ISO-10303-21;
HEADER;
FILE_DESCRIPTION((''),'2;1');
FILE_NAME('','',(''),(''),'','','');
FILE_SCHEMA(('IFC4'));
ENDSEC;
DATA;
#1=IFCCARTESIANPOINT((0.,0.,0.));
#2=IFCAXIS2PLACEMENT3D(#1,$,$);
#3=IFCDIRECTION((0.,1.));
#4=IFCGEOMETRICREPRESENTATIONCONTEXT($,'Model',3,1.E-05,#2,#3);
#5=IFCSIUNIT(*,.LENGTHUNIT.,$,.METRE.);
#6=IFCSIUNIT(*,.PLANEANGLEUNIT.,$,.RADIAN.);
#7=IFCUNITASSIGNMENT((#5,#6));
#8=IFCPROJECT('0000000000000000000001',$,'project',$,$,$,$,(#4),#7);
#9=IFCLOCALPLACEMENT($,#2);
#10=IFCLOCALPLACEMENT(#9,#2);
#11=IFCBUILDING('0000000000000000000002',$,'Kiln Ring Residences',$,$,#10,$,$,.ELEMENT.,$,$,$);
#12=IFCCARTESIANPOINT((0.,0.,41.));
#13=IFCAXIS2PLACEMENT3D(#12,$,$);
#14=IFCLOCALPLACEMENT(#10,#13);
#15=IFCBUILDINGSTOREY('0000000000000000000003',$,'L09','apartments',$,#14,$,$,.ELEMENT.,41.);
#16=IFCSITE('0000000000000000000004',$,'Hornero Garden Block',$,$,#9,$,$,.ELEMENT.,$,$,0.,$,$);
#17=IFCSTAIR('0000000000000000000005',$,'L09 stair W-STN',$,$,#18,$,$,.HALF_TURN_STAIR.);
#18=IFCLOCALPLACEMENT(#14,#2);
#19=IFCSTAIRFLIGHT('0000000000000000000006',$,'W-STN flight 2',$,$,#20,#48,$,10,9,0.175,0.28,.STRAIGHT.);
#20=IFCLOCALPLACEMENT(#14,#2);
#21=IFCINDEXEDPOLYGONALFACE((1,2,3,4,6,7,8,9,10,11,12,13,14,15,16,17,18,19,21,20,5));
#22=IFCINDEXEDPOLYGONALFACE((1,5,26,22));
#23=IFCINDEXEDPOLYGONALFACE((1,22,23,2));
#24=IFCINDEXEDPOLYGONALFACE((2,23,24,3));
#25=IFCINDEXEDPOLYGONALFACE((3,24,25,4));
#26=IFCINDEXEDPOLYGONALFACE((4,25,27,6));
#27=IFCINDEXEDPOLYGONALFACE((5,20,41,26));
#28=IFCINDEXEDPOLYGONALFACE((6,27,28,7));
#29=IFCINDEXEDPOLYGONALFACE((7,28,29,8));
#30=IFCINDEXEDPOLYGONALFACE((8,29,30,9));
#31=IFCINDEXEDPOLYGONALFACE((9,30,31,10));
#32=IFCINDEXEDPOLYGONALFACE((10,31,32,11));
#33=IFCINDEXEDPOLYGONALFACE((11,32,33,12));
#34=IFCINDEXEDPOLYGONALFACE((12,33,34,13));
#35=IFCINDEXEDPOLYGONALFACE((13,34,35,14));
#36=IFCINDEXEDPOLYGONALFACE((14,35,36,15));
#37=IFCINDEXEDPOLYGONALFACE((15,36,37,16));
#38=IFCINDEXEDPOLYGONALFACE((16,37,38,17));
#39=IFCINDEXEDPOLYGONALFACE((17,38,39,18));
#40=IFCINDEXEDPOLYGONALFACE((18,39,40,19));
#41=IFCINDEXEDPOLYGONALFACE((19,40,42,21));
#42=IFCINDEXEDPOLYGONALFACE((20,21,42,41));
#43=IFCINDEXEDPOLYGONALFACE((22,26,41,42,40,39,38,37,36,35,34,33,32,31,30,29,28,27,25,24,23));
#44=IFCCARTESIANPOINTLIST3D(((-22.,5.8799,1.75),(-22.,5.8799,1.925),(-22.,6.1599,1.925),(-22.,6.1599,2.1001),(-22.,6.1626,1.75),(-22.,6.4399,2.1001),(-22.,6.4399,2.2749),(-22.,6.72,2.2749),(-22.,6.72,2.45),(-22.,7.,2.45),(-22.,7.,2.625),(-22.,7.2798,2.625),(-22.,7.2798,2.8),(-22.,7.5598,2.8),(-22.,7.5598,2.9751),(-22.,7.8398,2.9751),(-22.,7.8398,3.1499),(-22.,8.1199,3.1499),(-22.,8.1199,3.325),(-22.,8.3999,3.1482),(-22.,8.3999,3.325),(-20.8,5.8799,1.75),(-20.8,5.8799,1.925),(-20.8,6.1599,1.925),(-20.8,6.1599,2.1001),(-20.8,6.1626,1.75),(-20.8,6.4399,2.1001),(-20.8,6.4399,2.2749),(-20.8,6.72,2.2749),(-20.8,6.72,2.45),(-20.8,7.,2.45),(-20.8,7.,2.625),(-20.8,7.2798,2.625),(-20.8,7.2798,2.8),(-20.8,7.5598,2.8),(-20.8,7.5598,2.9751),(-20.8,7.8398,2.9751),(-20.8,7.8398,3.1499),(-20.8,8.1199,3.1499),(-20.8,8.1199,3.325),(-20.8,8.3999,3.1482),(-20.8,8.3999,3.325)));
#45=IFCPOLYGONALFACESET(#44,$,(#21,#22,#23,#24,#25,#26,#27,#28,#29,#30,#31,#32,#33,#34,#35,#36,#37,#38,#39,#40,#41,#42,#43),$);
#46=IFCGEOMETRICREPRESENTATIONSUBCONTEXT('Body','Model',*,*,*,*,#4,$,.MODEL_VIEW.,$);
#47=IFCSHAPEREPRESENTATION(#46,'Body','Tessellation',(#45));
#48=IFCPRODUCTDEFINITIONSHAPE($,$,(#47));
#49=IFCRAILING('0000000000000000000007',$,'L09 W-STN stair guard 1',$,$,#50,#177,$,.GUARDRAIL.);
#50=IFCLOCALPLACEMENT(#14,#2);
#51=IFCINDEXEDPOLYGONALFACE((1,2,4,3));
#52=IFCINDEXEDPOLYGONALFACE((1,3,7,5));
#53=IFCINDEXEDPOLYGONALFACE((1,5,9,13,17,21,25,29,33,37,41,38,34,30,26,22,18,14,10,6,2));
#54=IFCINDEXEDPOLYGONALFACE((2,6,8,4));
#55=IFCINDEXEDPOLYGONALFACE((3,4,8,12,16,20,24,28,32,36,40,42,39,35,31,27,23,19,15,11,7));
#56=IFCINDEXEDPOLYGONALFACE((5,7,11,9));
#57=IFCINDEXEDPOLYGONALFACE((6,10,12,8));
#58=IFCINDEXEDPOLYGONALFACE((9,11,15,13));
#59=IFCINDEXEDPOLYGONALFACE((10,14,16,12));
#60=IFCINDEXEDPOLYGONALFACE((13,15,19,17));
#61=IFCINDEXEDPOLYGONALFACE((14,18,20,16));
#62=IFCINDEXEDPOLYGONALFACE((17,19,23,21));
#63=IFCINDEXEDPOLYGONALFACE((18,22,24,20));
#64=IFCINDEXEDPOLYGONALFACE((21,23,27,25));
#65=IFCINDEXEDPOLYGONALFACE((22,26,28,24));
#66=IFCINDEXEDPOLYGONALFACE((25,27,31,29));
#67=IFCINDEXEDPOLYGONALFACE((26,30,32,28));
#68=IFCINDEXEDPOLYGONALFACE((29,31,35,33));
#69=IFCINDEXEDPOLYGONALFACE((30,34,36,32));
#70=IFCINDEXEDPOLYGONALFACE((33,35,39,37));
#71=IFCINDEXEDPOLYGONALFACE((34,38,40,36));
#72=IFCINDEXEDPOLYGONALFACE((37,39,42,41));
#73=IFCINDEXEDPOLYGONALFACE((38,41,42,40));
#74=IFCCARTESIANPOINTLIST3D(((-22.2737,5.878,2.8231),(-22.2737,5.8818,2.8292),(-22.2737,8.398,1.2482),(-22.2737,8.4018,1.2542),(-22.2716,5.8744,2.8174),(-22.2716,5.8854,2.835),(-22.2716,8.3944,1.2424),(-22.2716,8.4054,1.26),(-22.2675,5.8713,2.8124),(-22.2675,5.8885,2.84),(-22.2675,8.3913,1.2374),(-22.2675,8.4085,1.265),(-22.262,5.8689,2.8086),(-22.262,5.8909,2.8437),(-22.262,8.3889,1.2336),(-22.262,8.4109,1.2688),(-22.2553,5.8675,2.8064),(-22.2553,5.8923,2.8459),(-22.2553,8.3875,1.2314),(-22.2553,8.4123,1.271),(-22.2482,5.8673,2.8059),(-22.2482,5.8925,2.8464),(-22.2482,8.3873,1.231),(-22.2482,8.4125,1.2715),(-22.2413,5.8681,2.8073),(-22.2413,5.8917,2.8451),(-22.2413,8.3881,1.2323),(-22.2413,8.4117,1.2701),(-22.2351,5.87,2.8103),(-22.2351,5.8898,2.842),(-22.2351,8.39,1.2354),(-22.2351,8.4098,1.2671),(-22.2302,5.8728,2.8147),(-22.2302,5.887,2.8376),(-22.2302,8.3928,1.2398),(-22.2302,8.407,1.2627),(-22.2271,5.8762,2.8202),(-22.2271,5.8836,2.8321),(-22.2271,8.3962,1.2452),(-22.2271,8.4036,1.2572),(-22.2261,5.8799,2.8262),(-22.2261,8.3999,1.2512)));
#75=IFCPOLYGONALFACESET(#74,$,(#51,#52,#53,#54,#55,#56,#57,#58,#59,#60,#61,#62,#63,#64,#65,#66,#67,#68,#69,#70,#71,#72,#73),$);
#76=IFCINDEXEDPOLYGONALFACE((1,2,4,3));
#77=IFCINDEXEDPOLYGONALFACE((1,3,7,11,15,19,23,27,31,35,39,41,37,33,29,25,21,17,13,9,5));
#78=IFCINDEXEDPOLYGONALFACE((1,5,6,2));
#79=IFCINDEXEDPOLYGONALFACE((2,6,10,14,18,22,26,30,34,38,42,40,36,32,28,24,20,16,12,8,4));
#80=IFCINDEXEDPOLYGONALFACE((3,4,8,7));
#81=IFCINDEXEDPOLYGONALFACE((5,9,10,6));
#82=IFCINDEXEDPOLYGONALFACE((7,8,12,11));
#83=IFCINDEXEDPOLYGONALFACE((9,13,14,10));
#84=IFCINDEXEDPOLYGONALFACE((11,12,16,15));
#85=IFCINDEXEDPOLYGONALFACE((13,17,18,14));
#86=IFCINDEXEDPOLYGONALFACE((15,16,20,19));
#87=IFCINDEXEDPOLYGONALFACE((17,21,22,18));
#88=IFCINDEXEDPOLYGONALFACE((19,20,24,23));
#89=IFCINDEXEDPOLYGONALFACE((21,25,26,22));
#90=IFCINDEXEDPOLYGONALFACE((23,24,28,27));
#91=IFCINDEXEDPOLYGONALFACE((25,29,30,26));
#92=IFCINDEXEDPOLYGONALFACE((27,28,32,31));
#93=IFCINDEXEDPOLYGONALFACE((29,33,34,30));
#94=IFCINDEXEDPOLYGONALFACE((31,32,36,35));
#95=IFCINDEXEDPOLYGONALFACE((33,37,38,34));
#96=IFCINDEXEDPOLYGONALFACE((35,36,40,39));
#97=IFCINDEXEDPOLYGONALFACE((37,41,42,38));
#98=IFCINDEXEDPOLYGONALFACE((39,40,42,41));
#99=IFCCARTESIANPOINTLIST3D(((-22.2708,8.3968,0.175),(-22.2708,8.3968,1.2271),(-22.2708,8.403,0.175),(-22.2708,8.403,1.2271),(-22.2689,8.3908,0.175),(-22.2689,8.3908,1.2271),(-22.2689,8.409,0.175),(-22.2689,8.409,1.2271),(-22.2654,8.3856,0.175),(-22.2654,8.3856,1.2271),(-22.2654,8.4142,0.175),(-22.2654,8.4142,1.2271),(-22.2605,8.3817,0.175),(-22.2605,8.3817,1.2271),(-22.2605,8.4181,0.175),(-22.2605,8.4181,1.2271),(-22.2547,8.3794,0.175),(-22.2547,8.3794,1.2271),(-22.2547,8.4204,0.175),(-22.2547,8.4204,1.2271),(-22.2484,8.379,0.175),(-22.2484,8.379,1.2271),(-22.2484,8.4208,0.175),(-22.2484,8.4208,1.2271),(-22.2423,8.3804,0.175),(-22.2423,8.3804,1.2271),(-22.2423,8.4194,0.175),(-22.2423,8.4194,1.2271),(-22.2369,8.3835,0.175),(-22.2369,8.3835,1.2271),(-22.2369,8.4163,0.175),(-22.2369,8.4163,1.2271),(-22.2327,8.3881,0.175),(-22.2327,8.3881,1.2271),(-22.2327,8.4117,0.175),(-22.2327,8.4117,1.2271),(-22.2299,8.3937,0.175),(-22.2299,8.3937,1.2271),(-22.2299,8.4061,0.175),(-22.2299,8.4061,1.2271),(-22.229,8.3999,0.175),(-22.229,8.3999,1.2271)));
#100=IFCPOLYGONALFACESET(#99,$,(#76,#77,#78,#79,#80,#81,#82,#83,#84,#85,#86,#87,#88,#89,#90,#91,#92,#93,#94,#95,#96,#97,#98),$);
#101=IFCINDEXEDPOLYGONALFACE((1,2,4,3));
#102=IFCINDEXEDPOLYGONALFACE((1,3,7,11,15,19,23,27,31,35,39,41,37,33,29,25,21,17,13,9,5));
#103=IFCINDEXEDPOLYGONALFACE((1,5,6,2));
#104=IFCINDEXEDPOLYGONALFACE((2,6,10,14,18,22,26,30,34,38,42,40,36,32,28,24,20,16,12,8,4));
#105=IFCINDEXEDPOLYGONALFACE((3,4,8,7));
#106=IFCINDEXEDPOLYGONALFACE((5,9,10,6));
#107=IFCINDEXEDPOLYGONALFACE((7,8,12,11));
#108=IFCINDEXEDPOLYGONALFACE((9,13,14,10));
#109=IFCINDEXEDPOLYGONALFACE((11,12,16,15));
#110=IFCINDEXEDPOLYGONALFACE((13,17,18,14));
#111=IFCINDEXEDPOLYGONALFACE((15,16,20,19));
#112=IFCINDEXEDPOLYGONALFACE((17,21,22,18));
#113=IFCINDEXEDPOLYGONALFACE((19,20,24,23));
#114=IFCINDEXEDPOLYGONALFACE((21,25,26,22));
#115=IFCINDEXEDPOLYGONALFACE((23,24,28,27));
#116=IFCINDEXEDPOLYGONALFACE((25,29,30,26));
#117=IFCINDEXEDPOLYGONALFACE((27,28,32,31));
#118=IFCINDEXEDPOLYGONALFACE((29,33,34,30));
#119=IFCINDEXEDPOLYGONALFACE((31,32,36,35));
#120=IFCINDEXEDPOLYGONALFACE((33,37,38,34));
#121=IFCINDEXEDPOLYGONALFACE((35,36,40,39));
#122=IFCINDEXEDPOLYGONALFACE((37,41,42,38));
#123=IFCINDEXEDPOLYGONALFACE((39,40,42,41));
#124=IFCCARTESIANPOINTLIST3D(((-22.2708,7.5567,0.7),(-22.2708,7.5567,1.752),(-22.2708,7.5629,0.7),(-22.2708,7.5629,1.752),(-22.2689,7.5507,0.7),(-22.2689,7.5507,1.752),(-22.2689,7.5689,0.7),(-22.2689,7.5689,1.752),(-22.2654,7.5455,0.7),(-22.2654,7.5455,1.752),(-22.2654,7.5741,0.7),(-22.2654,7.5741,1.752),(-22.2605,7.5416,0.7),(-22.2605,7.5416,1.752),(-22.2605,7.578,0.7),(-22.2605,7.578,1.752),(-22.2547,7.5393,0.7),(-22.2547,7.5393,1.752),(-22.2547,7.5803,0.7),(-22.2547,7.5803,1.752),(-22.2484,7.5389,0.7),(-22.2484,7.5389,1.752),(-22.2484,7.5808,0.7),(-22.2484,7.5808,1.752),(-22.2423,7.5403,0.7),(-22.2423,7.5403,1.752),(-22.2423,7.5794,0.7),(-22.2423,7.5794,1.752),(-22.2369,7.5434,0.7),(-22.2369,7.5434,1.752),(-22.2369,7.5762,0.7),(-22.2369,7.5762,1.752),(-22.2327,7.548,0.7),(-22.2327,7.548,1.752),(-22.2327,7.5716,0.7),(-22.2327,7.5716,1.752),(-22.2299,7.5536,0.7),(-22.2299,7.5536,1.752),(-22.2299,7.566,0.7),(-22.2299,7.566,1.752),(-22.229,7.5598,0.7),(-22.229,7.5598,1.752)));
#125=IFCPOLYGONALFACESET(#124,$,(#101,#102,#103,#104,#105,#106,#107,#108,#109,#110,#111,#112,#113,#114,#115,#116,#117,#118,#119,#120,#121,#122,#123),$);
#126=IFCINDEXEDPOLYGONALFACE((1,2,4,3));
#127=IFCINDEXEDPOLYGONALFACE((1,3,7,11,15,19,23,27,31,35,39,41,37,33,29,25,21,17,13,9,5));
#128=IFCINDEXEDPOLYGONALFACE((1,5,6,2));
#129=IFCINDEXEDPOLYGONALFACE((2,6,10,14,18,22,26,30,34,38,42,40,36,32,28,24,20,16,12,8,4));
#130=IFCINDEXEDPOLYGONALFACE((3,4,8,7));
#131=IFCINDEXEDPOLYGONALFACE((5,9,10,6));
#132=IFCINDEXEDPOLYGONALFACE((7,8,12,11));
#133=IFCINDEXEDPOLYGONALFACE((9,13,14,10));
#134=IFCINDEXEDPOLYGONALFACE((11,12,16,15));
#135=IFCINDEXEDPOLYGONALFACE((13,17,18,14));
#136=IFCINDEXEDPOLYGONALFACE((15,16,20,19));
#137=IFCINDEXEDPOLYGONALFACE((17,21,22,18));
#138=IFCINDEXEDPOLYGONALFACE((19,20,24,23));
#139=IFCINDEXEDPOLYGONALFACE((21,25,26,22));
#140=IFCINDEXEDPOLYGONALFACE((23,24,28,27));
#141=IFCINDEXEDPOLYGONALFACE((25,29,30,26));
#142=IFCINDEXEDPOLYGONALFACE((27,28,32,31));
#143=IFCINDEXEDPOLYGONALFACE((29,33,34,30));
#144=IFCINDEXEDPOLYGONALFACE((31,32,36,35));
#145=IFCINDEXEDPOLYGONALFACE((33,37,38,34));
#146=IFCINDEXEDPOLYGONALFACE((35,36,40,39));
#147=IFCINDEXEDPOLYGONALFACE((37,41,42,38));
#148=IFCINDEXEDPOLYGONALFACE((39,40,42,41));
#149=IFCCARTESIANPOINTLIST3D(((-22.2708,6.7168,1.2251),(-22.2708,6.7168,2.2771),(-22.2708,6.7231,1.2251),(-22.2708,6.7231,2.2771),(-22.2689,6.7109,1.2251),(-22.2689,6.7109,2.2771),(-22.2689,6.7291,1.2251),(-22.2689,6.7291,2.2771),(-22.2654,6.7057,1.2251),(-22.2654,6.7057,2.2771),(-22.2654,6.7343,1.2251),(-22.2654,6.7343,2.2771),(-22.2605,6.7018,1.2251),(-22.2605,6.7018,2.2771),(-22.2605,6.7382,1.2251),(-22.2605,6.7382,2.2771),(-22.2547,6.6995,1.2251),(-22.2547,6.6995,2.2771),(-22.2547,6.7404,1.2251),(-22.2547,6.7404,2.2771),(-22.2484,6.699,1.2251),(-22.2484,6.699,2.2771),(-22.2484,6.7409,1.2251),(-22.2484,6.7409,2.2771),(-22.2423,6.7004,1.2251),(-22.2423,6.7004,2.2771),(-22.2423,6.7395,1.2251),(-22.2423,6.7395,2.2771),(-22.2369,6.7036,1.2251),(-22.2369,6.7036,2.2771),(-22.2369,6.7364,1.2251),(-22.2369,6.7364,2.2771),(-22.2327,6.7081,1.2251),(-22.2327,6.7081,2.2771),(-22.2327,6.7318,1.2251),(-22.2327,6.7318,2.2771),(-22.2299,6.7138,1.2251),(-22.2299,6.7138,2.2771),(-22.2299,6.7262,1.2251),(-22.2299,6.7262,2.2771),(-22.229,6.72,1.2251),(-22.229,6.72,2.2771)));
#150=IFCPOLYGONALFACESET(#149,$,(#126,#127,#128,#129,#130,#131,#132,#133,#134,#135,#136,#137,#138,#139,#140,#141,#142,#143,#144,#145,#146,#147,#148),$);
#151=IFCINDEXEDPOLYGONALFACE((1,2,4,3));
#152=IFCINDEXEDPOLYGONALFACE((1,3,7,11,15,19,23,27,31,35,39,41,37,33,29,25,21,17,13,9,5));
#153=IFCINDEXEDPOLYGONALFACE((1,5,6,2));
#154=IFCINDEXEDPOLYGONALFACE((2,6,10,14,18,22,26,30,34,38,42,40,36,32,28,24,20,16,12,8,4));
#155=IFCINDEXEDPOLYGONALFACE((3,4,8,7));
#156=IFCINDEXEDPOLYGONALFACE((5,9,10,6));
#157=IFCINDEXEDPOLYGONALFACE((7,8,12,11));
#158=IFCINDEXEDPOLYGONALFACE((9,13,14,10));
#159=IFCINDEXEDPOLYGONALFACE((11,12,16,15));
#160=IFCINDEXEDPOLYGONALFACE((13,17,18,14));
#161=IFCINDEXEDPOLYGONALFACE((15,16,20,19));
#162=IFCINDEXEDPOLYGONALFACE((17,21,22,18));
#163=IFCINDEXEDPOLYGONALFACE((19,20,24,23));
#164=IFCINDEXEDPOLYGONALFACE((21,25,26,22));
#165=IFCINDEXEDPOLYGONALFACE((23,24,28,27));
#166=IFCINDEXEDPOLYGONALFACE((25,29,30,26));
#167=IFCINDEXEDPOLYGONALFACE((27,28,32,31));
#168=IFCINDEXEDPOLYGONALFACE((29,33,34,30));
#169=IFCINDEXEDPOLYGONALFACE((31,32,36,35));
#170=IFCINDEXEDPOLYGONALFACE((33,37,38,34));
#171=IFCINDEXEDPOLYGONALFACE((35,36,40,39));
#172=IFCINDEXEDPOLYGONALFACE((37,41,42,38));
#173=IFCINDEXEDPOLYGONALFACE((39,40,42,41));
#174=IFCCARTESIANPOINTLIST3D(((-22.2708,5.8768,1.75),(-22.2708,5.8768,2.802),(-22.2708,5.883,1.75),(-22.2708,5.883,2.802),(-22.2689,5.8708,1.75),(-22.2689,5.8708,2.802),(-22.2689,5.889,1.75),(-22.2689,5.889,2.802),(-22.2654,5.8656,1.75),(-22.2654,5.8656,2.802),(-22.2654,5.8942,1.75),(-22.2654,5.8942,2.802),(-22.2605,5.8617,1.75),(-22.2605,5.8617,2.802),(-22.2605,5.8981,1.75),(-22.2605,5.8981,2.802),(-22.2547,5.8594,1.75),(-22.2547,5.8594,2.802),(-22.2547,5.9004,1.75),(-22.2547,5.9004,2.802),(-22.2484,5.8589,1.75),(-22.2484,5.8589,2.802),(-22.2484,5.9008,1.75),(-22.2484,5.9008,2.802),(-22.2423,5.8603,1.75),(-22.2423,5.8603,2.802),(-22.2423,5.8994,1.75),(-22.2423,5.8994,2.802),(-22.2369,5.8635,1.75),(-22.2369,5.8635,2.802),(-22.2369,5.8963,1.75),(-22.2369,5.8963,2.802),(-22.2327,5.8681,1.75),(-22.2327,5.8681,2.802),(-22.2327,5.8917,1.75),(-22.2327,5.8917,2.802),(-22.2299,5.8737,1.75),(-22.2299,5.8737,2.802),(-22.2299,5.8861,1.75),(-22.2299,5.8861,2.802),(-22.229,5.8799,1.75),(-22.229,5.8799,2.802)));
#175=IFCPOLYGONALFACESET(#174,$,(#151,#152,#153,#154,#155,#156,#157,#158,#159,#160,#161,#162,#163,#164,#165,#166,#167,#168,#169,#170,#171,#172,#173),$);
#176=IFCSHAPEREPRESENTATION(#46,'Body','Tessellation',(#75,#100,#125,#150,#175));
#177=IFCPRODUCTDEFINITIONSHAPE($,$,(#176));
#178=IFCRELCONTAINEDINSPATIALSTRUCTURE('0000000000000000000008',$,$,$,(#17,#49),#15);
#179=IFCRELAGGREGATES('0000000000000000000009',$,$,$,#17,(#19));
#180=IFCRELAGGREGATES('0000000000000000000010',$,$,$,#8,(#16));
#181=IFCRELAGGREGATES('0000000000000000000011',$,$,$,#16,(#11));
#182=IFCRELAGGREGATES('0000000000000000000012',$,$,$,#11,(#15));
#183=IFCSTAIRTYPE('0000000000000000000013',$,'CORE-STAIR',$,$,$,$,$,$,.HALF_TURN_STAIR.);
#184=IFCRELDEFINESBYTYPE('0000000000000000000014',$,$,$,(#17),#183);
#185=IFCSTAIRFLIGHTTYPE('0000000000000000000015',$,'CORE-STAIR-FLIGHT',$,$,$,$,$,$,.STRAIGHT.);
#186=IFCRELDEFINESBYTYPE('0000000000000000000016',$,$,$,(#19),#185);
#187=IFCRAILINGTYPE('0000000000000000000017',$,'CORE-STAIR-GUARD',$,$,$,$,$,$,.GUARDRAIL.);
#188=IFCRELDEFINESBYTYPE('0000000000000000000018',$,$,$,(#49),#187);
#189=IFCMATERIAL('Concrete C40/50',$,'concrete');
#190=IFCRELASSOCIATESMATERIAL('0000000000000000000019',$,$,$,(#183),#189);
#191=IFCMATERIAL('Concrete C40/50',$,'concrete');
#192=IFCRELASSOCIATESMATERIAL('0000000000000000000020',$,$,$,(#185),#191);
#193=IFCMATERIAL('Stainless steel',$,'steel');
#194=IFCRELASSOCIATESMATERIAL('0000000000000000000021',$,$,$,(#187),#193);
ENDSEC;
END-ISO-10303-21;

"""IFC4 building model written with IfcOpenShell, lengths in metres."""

from ifc_helpers import new_model, si_unit, direction, frame, origin, origin_2d, place, context, subcontext, project, spatial, polyline, circle, outline, extrude, material, type_object, element, aggregate, save


model = new_model("IFC4")

# Units and contexts
model_context = context("Model", 3, precision=1e-05, world=origin(), true_north=direction((0.0, 1.0)))
body_context = subcontext(model_context, "Body", "Model", "MODEL_VIEW")
ifc_project = project(units=[si_unit("LENGTHUNIT", "METRE"), si_unit("PLANEANGLEUNIT", "RADIAN")], contexts=[model_context])

# Site, building, storey
site_placement = place(None, origin())
site = spatial("IfcSite", under=ifc_project, at=site_placement, Name="Hornero Garden Block", CompositionType="ELEMENT", RefElevation=0.0)
building_placement = place(site_placement, origin())
building = spatial("IfcBuilding", under=site, at=building_placement, Name="Kiln Ring Residences", CompositionType="ELEMENT")
storey_placement = place(building_placement, frame((0.0, 0.0, 41.0)))
storey = spatial("IfcBuildingStorey", under=building, at=storey_placement, Name="L09", Description="apartments", CompositionType="ELEMENT", Elevation=41.0)

# Stair, stair flight
ifc_material_1 = material(Name="Concrete C40/50", Category="concrete")
stair_type = type_object("IfcStairType", Name="CORE-STAIR", PredefinedType="HALF_TURN_STAIR", material=ifc_material_1)
stair_placement = place(storey_placement, origin())
stair = element("IfcStair", 1, at=stair_placement, inside=storey, type_object=stair_type, Name="L09 stair W-STN", PredefinedType="HALF_TURN_STAIR")
ifc_material_2 = material(Name="Concrete C40/50", Category="concrete")
stair_flight_type = type_object("IfcStairFlightType", Name="CORE-STAIR-FLIGHT", PredefinedType="STRAIGHT", material=ifc_material_2)
stair_flight_1_placement = place(storey_placement, frame((-21.3999, 5.8799, 1.75), z_axis=(0.0, 0.0, 1.0), x_axis=(0.0, 1.0, 0.0)))
stair_flight_1 = element("IfcStairFlight", 2, at=stair_flight_1_placement, type_object=stair_flight_type, Name="W-STN flight 2", NumberOfRisers=10, NumberOfTreads=9, PredefinedType="STRAIGHT", RiserHeight=0.175, TreadLength=0.28, context=body_context, shape_type="SweptSolid", body=[
    extrude(outline(polyline([(0.0, 0.0), (0.0, 0.175), (0.28, 0.175), (0.28, 0.3501), (0.5601, 0.3501), (0.5601, 0.5249), (0.8401, 0.5249), (0.8401, 0.7), (1.1201, 0.7), (1.1201, 0.875), (1.3999, 0.875), (1.3999, 1.05), (1.6799, 1.05), (1.6799, 1.2251), (1.96, 1.2251), (1.96, 1.3999), (2.24, 1.3999), (2.24, 1.575), (2.52, 1.575), (2.52, 1.75), (2.52, 1.3982), (0.2827, 0.0), (0.0, 0.0)])), frame((0.0, 0.6001, 0.0), z_axis=(0.0, -1.0, 0.0), x_axis=(1.0, 0.0, 0.0)), (0.0, 0.0, 1.0), 1.2),
])
aggregate(stair, [stair_flight_1])

# Railing
ifc_material_3 = material(Name="Stainless steel", Category="steel")
railing_type_1 = type_object("IfcRailingType", Name="CORE-STAIR-GUARD", PredefinedType="GUARDRAIL", material=ifc_material_3)
railing_1_placement = place(storey_placement, frame((-22.25, 8.3999, 0.175)))
element("IfcRailing", 3, at=railing_1_placement, inside=storey, type_object=railing_type_1, Name="L09 W-STN stair guard 1", PredefinedType="GUARDRAIL", context=body_context, shape_type="SweptSolid", body=[
    extrude(circle(Radius=0.0239, at=origin_2d()), frame((0.0, 0.0, 1.0762), z_axis=(0.0, -0.848008, 0.529984), x_axis=(1.0, 0.0, 0.0)), (0.0, 0.0, 1.0), 2.9717),
    extrude(circle(Radius=0.021, at=origin_2d()), origin(), (0.0, 0.0, 1.0), 1.052),
    extrude(circle(Radius=0.021, at=origin_2d()), frame((0.0, -0.8401, 0.5249)), (0.0, 0.0, 1.0), 1.052),
    extrude(circle(Radius=0.021, at=origin_2d()), frame((0.0, -1.6799, 1.05)), (0.0, 0.0, 1.0), 1.052),
    extrude(circle(Radius=0.021, at=origin_2d()), frame((0.0, -2.52, 1.575)), (0.0, 0.0, 1.0), 1.052),
])

save(model, "model.ifc")
